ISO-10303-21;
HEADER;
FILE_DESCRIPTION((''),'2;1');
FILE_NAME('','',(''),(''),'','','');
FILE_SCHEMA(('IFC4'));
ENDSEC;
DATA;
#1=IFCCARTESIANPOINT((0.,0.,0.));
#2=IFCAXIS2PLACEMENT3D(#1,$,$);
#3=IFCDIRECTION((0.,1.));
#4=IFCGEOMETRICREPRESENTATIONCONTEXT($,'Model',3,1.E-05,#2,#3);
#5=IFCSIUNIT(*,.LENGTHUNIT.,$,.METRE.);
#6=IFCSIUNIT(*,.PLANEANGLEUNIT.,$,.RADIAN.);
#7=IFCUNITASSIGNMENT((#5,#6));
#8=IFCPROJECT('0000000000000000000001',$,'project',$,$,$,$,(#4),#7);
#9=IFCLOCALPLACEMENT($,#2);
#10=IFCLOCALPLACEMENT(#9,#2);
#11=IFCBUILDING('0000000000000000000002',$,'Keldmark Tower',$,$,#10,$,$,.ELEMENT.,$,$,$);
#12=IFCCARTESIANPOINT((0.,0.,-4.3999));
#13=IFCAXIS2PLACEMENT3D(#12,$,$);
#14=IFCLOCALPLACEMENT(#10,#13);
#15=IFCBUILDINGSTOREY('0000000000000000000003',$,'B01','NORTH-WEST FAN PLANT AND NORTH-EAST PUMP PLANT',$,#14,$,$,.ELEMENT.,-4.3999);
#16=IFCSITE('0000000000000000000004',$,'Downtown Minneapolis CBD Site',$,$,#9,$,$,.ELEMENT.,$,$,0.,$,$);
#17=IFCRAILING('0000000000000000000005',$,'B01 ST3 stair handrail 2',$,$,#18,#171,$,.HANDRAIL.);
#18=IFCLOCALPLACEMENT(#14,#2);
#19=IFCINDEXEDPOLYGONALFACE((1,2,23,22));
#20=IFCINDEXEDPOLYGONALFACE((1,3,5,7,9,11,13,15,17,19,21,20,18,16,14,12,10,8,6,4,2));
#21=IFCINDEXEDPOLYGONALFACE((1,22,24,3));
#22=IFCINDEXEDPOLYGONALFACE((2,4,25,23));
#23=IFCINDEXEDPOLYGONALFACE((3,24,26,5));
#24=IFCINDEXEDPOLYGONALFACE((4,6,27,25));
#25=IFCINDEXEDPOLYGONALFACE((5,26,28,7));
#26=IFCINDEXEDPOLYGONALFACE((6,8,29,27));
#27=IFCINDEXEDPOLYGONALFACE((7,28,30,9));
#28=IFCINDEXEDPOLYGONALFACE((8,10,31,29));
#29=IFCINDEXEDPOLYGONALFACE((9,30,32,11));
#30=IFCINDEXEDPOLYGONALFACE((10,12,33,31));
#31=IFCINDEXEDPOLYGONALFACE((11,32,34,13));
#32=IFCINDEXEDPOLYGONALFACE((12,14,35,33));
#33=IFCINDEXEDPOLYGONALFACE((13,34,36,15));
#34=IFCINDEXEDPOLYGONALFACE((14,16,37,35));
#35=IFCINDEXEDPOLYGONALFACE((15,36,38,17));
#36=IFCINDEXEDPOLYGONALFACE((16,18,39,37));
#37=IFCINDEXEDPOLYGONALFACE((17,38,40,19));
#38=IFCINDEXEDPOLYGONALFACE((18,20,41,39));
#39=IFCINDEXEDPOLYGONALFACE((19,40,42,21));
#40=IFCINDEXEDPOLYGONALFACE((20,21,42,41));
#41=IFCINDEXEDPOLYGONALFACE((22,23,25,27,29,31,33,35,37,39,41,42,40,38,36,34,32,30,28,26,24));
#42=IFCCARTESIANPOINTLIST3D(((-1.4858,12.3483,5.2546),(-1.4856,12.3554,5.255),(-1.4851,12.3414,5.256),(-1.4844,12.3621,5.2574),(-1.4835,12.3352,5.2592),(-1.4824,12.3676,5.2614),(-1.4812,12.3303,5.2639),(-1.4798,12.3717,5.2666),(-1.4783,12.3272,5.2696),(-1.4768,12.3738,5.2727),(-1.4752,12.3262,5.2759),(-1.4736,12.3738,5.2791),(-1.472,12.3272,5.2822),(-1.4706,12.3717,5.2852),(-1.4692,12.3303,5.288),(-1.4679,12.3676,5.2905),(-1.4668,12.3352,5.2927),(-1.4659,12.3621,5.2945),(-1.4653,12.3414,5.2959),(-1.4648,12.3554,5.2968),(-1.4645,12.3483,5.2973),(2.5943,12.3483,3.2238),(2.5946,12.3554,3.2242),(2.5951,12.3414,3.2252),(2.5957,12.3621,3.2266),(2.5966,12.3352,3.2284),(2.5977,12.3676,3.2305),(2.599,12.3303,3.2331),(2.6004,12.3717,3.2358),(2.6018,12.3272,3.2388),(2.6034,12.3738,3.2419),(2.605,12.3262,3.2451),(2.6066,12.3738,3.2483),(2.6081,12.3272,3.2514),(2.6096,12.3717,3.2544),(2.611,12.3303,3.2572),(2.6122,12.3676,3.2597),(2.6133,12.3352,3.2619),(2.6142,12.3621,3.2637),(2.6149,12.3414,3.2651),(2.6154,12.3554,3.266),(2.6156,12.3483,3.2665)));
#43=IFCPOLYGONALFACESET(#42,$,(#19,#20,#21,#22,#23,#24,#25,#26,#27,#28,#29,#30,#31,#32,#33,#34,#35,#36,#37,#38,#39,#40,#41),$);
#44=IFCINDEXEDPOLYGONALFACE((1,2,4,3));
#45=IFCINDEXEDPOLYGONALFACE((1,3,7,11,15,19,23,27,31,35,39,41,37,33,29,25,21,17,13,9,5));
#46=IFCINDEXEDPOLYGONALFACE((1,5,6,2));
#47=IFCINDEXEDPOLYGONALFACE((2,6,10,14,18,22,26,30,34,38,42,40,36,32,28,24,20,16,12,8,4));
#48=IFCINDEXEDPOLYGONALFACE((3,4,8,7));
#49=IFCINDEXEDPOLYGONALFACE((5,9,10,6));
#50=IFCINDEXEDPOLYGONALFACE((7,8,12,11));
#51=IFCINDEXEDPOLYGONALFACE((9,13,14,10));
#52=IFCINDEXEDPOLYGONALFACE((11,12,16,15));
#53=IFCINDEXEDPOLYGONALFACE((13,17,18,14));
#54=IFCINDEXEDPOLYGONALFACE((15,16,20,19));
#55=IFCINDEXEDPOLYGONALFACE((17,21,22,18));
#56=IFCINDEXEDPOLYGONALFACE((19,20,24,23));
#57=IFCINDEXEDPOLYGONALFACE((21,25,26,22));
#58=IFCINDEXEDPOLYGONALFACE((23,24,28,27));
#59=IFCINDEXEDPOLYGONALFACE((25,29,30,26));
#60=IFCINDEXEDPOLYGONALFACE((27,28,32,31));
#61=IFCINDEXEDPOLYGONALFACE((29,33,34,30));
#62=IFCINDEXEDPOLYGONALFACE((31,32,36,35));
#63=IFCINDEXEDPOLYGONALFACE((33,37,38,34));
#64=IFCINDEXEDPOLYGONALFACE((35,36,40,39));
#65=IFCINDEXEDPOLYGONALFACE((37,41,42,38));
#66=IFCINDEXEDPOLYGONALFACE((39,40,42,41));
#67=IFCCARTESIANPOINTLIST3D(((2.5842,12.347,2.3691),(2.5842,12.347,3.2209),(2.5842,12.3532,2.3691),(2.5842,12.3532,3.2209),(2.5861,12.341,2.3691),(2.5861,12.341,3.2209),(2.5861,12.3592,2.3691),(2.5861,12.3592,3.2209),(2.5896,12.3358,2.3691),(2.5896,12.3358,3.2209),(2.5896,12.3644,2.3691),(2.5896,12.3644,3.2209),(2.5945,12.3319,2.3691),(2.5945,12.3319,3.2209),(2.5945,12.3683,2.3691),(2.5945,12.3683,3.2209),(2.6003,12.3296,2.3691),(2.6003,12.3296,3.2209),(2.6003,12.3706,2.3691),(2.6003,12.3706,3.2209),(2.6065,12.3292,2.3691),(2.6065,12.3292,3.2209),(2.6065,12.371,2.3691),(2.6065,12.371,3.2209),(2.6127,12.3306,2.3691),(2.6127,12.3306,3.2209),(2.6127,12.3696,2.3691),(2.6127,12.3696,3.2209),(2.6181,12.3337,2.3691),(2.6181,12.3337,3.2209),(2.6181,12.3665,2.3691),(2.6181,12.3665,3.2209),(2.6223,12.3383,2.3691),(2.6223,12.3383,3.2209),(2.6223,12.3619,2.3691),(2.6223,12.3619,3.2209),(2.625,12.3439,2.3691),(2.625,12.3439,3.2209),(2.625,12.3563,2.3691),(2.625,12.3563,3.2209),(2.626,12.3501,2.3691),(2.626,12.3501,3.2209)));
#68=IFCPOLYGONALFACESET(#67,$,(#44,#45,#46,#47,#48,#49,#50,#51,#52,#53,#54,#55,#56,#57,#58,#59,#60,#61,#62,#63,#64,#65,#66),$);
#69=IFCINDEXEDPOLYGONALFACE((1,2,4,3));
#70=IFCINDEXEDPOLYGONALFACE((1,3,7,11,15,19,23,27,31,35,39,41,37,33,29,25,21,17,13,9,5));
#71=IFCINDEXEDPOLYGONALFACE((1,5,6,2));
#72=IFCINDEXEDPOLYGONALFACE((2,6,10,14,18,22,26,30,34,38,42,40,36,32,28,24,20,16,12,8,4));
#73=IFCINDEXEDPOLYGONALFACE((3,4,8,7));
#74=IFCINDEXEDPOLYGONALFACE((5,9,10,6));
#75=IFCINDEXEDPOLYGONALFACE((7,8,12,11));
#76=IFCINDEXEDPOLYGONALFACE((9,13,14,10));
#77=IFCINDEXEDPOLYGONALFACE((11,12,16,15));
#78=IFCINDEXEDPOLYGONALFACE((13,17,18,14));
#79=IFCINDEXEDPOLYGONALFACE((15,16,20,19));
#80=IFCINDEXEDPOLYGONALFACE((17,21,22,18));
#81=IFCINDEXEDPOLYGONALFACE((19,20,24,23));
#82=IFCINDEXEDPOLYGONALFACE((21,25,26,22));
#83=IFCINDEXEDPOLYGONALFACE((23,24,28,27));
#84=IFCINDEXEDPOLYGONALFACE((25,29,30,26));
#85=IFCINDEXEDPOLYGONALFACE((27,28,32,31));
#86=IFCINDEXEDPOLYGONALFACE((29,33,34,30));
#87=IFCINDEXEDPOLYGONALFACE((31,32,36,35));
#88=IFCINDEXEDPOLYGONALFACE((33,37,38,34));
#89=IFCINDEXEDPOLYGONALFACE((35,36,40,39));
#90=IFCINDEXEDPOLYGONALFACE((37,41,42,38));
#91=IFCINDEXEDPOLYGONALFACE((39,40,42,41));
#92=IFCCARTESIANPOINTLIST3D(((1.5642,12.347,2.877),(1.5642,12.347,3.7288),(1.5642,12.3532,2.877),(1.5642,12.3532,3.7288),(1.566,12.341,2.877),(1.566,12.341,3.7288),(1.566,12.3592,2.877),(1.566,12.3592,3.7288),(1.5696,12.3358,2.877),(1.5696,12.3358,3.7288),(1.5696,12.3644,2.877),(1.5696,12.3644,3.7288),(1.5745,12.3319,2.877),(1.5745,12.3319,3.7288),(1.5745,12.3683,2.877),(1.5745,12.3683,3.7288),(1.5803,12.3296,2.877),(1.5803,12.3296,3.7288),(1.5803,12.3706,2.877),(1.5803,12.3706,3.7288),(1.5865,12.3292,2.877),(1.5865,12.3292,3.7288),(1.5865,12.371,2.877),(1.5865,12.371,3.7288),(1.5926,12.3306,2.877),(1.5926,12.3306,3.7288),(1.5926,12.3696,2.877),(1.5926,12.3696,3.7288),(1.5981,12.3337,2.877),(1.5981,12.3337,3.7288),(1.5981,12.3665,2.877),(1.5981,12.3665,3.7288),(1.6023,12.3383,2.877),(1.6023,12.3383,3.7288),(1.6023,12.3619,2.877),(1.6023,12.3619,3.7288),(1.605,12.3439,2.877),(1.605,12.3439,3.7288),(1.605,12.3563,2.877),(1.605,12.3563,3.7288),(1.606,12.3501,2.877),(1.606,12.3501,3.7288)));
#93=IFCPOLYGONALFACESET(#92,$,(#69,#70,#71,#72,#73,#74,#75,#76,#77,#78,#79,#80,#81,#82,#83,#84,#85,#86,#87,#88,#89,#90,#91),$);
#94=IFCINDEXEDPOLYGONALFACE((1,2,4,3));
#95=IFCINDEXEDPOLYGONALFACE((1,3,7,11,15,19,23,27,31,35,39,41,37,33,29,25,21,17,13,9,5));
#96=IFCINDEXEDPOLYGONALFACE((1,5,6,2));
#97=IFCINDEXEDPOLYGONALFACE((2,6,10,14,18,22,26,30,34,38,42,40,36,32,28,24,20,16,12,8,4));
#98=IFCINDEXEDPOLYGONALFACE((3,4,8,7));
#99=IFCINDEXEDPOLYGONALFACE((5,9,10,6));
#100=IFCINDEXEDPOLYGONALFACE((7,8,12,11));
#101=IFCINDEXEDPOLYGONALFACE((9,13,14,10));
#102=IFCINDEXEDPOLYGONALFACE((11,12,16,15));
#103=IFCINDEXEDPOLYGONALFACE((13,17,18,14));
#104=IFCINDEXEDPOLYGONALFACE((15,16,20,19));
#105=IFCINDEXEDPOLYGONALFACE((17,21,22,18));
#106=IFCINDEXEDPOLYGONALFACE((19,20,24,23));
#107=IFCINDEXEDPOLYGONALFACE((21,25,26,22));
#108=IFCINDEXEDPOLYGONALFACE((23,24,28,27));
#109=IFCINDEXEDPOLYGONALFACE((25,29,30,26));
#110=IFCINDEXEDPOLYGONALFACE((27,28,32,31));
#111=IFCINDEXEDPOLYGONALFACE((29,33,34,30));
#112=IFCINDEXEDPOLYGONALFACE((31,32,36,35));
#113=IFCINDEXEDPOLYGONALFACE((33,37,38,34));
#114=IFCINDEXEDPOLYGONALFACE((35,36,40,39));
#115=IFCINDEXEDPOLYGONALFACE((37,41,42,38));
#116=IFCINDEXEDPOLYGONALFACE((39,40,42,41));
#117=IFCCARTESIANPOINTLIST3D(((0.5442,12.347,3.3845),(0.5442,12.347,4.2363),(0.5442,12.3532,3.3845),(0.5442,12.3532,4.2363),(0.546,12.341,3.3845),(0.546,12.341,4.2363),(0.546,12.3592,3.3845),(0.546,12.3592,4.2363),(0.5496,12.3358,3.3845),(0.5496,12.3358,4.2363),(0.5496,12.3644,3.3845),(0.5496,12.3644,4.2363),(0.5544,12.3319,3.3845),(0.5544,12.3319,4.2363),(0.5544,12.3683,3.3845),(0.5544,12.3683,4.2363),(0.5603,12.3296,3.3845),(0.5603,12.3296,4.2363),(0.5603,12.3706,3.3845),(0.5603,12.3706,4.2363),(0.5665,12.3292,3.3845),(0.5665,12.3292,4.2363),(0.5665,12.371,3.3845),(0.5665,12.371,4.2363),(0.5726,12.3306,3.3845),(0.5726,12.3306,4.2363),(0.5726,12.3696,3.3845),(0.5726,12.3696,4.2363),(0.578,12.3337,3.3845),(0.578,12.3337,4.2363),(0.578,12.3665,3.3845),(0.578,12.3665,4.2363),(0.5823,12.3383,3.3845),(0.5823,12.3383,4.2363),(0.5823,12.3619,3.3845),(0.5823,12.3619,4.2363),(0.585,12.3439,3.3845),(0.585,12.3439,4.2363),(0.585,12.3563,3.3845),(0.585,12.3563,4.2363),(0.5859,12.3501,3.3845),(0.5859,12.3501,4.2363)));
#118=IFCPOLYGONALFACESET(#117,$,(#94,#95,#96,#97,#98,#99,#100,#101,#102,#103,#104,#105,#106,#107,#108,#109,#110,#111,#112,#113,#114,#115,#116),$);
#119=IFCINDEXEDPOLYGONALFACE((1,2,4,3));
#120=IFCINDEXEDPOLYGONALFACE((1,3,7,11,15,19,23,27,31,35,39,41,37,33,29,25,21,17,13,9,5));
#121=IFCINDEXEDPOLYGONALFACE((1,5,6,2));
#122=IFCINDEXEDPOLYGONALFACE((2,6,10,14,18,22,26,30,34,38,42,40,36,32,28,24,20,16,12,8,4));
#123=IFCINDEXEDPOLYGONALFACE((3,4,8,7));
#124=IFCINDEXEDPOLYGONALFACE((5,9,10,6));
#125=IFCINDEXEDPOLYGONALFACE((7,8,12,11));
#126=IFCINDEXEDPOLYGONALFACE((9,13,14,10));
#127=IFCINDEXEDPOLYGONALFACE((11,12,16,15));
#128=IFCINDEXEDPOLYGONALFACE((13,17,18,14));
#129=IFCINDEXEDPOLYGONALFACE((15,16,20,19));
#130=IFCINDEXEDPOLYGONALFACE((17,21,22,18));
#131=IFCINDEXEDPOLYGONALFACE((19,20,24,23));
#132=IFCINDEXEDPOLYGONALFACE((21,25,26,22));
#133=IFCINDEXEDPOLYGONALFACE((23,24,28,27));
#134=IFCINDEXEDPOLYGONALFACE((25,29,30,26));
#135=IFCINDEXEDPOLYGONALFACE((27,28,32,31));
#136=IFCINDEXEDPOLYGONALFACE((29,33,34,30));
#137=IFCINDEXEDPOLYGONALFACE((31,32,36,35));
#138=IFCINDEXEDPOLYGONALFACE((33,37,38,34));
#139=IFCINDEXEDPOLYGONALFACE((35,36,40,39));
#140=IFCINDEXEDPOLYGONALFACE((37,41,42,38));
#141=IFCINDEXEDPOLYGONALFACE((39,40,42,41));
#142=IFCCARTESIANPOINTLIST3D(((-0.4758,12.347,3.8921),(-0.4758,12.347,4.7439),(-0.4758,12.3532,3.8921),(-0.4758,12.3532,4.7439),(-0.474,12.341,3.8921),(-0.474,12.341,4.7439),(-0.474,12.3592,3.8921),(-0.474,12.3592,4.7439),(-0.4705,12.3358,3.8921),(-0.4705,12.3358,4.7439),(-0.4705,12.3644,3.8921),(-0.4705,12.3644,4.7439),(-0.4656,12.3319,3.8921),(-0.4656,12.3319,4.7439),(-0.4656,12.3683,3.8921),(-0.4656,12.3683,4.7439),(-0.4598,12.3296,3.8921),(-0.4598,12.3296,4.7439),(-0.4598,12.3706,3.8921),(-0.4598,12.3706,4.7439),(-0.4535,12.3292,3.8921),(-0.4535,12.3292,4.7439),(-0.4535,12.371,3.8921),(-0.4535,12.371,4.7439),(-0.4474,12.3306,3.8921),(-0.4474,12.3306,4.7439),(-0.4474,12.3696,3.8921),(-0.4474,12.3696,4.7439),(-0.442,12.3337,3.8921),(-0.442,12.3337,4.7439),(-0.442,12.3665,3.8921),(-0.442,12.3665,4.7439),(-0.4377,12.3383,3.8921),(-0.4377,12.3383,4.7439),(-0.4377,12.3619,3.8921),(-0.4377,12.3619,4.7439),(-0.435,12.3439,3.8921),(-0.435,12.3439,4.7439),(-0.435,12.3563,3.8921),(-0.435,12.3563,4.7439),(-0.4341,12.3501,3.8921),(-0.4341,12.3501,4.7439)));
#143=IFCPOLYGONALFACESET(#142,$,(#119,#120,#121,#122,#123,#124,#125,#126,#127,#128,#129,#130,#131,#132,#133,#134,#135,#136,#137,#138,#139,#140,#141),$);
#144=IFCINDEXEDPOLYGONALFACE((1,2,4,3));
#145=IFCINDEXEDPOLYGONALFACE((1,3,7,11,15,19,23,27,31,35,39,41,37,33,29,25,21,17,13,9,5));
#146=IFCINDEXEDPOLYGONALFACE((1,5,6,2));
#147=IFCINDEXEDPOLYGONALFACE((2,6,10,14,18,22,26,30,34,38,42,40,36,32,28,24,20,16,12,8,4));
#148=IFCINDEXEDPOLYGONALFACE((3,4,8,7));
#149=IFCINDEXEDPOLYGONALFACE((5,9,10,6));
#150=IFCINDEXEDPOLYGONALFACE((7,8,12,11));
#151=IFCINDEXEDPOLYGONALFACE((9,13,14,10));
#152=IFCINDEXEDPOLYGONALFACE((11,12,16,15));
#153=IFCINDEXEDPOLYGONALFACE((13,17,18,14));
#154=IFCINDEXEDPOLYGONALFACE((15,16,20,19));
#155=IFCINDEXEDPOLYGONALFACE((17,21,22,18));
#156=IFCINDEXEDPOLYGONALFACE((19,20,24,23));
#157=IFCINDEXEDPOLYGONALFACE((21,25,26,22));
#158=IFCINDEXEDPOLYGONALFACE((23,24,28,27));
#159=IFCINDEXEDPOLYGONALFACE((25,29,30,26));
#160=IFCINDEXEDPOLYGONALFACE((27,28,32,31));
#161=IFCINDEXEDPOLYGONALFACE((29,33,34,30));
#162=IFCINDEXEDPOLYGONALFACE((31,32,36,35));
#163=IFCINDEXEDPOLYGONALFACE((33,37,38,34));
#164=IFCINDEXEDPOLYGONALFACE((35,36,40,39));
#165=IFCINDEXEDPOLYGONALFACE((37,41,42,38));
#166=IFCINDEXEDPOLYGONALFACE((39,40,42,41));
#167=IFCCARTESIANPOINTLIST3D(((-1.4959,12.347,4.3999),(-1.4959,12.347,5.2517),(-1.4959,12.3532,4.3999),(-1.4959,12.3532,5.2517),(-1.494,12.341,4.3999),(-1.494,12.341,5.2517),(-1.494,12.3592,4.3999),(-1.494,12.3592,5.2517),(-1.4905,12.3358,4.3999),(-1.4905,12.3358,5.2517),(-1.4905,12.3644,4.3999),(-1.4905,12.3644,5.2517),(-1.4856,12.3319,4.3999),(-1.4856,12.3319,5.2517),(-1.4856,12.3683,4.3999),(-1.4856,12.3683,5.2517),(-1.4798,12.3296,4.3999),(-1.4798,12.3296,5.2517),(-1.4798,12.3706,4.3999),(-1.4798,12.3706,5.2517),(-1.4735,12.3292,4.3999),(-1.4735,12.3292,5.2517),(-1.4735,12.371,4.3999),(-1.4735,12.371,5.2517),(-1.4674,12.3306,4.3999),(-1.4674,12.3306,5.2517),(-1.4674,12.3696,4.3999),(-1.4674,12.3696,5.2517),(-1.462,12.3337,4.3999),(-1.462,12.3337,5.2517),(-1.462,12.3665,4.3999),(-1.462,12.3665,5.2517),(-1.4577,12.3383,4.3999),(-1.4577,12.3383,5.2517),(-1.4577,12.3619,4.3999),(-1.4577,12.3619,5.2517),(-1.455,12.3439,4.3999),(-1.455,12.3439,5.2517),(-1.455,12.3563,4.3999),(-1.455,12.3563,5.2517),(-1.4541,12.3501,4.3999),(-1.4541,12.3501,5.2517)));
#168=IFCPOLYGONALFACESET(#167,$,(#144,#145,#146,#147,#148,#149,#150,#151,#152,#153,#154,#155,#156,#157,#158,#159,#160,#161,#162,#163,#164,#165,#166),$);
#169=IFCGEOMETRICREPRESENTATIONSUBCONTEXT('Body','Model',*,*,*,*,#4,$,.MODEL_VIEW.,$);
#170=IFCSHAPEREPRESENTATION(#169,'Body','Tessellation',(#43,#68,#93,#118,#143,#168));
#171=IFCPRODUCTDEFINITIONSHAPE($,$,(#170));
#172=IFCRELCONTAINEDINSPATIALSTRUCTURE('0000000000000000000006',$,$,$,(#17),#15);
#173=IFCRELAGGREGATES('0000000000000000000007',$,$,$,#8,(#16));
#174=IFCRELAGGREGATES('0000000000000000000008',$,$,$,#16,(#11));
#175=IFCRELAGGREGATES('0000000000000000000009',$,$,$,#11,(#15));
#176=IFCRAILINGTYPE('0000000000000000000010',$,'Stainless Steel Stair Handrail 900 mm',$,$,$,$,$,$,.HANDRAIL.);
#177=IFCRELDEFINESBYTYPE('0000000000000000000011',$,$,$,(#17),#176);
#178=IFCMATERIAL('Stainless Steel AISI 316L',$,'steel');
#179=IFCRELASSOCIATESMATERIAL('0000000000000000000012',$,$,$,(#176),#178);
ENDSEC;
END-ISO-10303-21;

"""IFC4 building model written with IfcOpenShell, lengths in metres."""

from ifc_helpers import new_model, si_unit, direction, frame, origin, origin_2d, place, context, subcontext, project, spatial, circle, extrude, material, type_object, element, save


model = new_model("IFC4")

# Units and contexts
model_context = context("Model", 3, precision=1e-05, world=origin(), true_north=direction((0.0, 1.0)))
body_context = subcontext(model_context, "Body", "Model", "MODEL_VIEW")
ifc_project = project(units=[si_unit("LENGTHUNIT", "METRE"), si_unit("PLANEANGLEUNIT", "RADIAN")], contexts=[model_context])

# Site, building, storey
site_placement = place(None, origin())
site = spatial("IfcSite", under=ifc_project, at=site_placement, Name="Downtown Minneapolis CBD Site", CompositionType="ELEMENT", RefElevation=0.0)
building_placement = place(site_placement, origin())
building = spatial("IfcBuilding", under=site, at=building_placement, Name="Keldmark Tower", CompositionType="ELEMENT")
storey_placement = place(building_placement, frame((0.0, 0.0, -4.3999)))
storey = spatial("IfcBuildingStorey", under=building, at=storey_placement, Name="B01", Description="NORTH-WEST FAN PLANT AND NORTH-EAST PUMP PLANT", CompositionType="ELEMENT", Elevation=-4.3999)

# Railing
ifc_material_1 = material(Name="Stainless Steel AISI 316L", Category="steel")
railing_type_1 = type_object("IfcRailingType", Name="Stainless Steel Stair Handrail 900 mm", PredefinedType="HANDRAIL", material=ifc_material_1)
railing_1_placement = place(storey_placement, frame((2.605, 12.3501, 2.3691)))
element("IfcRailing", 1, at=railing_1_placement, inside=storey, type_object=railing_type_1, Name="B01 ST3 stair handrail 2", PredefinedType="HANDRAIL", context=body_context, shape_type="SweptSolid", body=[
    extrude(circle(Radius=0.0239, at=origin_2d()), frame((0.0, 0.0, 0.876), z_axis=(-0.89524, 0.0, 0.445584), x_axis=(0.0, -1.0, 0.0)), (0.0, 0.0, 1.0), 4.5576),
    extrude(circle(Radius=0.021, at=origin_2d()), origin(), (0.0, 0.0, 1.0), 0.8518),
    extrude(circle(Radius=0.021, at=origin_2d()), frame((-1.02, 0.0, 0.5078)), (0.0, 0.0, 1.0), 0.8518),
    extrude(circle(Radius=0.021, at=origin_2d()), frame((-2.04, 0.0, 1.0154)), (0.0, 0.0, 1.0), 0.8518),
    extrude(circle(Radius=0.021, at=origin_2d()), frame((-3.0601, 0.0, 1.5229)), (0.0, 0.0, 1.0), 0.8518),
    extrude(circle(Radius=0.021, at=origin_2d()), frame((-4.0801, 0.0, 2.0308)), (0.0, 0.0, 1.0), 0.8518),
])

save(model, "model.ifc")
